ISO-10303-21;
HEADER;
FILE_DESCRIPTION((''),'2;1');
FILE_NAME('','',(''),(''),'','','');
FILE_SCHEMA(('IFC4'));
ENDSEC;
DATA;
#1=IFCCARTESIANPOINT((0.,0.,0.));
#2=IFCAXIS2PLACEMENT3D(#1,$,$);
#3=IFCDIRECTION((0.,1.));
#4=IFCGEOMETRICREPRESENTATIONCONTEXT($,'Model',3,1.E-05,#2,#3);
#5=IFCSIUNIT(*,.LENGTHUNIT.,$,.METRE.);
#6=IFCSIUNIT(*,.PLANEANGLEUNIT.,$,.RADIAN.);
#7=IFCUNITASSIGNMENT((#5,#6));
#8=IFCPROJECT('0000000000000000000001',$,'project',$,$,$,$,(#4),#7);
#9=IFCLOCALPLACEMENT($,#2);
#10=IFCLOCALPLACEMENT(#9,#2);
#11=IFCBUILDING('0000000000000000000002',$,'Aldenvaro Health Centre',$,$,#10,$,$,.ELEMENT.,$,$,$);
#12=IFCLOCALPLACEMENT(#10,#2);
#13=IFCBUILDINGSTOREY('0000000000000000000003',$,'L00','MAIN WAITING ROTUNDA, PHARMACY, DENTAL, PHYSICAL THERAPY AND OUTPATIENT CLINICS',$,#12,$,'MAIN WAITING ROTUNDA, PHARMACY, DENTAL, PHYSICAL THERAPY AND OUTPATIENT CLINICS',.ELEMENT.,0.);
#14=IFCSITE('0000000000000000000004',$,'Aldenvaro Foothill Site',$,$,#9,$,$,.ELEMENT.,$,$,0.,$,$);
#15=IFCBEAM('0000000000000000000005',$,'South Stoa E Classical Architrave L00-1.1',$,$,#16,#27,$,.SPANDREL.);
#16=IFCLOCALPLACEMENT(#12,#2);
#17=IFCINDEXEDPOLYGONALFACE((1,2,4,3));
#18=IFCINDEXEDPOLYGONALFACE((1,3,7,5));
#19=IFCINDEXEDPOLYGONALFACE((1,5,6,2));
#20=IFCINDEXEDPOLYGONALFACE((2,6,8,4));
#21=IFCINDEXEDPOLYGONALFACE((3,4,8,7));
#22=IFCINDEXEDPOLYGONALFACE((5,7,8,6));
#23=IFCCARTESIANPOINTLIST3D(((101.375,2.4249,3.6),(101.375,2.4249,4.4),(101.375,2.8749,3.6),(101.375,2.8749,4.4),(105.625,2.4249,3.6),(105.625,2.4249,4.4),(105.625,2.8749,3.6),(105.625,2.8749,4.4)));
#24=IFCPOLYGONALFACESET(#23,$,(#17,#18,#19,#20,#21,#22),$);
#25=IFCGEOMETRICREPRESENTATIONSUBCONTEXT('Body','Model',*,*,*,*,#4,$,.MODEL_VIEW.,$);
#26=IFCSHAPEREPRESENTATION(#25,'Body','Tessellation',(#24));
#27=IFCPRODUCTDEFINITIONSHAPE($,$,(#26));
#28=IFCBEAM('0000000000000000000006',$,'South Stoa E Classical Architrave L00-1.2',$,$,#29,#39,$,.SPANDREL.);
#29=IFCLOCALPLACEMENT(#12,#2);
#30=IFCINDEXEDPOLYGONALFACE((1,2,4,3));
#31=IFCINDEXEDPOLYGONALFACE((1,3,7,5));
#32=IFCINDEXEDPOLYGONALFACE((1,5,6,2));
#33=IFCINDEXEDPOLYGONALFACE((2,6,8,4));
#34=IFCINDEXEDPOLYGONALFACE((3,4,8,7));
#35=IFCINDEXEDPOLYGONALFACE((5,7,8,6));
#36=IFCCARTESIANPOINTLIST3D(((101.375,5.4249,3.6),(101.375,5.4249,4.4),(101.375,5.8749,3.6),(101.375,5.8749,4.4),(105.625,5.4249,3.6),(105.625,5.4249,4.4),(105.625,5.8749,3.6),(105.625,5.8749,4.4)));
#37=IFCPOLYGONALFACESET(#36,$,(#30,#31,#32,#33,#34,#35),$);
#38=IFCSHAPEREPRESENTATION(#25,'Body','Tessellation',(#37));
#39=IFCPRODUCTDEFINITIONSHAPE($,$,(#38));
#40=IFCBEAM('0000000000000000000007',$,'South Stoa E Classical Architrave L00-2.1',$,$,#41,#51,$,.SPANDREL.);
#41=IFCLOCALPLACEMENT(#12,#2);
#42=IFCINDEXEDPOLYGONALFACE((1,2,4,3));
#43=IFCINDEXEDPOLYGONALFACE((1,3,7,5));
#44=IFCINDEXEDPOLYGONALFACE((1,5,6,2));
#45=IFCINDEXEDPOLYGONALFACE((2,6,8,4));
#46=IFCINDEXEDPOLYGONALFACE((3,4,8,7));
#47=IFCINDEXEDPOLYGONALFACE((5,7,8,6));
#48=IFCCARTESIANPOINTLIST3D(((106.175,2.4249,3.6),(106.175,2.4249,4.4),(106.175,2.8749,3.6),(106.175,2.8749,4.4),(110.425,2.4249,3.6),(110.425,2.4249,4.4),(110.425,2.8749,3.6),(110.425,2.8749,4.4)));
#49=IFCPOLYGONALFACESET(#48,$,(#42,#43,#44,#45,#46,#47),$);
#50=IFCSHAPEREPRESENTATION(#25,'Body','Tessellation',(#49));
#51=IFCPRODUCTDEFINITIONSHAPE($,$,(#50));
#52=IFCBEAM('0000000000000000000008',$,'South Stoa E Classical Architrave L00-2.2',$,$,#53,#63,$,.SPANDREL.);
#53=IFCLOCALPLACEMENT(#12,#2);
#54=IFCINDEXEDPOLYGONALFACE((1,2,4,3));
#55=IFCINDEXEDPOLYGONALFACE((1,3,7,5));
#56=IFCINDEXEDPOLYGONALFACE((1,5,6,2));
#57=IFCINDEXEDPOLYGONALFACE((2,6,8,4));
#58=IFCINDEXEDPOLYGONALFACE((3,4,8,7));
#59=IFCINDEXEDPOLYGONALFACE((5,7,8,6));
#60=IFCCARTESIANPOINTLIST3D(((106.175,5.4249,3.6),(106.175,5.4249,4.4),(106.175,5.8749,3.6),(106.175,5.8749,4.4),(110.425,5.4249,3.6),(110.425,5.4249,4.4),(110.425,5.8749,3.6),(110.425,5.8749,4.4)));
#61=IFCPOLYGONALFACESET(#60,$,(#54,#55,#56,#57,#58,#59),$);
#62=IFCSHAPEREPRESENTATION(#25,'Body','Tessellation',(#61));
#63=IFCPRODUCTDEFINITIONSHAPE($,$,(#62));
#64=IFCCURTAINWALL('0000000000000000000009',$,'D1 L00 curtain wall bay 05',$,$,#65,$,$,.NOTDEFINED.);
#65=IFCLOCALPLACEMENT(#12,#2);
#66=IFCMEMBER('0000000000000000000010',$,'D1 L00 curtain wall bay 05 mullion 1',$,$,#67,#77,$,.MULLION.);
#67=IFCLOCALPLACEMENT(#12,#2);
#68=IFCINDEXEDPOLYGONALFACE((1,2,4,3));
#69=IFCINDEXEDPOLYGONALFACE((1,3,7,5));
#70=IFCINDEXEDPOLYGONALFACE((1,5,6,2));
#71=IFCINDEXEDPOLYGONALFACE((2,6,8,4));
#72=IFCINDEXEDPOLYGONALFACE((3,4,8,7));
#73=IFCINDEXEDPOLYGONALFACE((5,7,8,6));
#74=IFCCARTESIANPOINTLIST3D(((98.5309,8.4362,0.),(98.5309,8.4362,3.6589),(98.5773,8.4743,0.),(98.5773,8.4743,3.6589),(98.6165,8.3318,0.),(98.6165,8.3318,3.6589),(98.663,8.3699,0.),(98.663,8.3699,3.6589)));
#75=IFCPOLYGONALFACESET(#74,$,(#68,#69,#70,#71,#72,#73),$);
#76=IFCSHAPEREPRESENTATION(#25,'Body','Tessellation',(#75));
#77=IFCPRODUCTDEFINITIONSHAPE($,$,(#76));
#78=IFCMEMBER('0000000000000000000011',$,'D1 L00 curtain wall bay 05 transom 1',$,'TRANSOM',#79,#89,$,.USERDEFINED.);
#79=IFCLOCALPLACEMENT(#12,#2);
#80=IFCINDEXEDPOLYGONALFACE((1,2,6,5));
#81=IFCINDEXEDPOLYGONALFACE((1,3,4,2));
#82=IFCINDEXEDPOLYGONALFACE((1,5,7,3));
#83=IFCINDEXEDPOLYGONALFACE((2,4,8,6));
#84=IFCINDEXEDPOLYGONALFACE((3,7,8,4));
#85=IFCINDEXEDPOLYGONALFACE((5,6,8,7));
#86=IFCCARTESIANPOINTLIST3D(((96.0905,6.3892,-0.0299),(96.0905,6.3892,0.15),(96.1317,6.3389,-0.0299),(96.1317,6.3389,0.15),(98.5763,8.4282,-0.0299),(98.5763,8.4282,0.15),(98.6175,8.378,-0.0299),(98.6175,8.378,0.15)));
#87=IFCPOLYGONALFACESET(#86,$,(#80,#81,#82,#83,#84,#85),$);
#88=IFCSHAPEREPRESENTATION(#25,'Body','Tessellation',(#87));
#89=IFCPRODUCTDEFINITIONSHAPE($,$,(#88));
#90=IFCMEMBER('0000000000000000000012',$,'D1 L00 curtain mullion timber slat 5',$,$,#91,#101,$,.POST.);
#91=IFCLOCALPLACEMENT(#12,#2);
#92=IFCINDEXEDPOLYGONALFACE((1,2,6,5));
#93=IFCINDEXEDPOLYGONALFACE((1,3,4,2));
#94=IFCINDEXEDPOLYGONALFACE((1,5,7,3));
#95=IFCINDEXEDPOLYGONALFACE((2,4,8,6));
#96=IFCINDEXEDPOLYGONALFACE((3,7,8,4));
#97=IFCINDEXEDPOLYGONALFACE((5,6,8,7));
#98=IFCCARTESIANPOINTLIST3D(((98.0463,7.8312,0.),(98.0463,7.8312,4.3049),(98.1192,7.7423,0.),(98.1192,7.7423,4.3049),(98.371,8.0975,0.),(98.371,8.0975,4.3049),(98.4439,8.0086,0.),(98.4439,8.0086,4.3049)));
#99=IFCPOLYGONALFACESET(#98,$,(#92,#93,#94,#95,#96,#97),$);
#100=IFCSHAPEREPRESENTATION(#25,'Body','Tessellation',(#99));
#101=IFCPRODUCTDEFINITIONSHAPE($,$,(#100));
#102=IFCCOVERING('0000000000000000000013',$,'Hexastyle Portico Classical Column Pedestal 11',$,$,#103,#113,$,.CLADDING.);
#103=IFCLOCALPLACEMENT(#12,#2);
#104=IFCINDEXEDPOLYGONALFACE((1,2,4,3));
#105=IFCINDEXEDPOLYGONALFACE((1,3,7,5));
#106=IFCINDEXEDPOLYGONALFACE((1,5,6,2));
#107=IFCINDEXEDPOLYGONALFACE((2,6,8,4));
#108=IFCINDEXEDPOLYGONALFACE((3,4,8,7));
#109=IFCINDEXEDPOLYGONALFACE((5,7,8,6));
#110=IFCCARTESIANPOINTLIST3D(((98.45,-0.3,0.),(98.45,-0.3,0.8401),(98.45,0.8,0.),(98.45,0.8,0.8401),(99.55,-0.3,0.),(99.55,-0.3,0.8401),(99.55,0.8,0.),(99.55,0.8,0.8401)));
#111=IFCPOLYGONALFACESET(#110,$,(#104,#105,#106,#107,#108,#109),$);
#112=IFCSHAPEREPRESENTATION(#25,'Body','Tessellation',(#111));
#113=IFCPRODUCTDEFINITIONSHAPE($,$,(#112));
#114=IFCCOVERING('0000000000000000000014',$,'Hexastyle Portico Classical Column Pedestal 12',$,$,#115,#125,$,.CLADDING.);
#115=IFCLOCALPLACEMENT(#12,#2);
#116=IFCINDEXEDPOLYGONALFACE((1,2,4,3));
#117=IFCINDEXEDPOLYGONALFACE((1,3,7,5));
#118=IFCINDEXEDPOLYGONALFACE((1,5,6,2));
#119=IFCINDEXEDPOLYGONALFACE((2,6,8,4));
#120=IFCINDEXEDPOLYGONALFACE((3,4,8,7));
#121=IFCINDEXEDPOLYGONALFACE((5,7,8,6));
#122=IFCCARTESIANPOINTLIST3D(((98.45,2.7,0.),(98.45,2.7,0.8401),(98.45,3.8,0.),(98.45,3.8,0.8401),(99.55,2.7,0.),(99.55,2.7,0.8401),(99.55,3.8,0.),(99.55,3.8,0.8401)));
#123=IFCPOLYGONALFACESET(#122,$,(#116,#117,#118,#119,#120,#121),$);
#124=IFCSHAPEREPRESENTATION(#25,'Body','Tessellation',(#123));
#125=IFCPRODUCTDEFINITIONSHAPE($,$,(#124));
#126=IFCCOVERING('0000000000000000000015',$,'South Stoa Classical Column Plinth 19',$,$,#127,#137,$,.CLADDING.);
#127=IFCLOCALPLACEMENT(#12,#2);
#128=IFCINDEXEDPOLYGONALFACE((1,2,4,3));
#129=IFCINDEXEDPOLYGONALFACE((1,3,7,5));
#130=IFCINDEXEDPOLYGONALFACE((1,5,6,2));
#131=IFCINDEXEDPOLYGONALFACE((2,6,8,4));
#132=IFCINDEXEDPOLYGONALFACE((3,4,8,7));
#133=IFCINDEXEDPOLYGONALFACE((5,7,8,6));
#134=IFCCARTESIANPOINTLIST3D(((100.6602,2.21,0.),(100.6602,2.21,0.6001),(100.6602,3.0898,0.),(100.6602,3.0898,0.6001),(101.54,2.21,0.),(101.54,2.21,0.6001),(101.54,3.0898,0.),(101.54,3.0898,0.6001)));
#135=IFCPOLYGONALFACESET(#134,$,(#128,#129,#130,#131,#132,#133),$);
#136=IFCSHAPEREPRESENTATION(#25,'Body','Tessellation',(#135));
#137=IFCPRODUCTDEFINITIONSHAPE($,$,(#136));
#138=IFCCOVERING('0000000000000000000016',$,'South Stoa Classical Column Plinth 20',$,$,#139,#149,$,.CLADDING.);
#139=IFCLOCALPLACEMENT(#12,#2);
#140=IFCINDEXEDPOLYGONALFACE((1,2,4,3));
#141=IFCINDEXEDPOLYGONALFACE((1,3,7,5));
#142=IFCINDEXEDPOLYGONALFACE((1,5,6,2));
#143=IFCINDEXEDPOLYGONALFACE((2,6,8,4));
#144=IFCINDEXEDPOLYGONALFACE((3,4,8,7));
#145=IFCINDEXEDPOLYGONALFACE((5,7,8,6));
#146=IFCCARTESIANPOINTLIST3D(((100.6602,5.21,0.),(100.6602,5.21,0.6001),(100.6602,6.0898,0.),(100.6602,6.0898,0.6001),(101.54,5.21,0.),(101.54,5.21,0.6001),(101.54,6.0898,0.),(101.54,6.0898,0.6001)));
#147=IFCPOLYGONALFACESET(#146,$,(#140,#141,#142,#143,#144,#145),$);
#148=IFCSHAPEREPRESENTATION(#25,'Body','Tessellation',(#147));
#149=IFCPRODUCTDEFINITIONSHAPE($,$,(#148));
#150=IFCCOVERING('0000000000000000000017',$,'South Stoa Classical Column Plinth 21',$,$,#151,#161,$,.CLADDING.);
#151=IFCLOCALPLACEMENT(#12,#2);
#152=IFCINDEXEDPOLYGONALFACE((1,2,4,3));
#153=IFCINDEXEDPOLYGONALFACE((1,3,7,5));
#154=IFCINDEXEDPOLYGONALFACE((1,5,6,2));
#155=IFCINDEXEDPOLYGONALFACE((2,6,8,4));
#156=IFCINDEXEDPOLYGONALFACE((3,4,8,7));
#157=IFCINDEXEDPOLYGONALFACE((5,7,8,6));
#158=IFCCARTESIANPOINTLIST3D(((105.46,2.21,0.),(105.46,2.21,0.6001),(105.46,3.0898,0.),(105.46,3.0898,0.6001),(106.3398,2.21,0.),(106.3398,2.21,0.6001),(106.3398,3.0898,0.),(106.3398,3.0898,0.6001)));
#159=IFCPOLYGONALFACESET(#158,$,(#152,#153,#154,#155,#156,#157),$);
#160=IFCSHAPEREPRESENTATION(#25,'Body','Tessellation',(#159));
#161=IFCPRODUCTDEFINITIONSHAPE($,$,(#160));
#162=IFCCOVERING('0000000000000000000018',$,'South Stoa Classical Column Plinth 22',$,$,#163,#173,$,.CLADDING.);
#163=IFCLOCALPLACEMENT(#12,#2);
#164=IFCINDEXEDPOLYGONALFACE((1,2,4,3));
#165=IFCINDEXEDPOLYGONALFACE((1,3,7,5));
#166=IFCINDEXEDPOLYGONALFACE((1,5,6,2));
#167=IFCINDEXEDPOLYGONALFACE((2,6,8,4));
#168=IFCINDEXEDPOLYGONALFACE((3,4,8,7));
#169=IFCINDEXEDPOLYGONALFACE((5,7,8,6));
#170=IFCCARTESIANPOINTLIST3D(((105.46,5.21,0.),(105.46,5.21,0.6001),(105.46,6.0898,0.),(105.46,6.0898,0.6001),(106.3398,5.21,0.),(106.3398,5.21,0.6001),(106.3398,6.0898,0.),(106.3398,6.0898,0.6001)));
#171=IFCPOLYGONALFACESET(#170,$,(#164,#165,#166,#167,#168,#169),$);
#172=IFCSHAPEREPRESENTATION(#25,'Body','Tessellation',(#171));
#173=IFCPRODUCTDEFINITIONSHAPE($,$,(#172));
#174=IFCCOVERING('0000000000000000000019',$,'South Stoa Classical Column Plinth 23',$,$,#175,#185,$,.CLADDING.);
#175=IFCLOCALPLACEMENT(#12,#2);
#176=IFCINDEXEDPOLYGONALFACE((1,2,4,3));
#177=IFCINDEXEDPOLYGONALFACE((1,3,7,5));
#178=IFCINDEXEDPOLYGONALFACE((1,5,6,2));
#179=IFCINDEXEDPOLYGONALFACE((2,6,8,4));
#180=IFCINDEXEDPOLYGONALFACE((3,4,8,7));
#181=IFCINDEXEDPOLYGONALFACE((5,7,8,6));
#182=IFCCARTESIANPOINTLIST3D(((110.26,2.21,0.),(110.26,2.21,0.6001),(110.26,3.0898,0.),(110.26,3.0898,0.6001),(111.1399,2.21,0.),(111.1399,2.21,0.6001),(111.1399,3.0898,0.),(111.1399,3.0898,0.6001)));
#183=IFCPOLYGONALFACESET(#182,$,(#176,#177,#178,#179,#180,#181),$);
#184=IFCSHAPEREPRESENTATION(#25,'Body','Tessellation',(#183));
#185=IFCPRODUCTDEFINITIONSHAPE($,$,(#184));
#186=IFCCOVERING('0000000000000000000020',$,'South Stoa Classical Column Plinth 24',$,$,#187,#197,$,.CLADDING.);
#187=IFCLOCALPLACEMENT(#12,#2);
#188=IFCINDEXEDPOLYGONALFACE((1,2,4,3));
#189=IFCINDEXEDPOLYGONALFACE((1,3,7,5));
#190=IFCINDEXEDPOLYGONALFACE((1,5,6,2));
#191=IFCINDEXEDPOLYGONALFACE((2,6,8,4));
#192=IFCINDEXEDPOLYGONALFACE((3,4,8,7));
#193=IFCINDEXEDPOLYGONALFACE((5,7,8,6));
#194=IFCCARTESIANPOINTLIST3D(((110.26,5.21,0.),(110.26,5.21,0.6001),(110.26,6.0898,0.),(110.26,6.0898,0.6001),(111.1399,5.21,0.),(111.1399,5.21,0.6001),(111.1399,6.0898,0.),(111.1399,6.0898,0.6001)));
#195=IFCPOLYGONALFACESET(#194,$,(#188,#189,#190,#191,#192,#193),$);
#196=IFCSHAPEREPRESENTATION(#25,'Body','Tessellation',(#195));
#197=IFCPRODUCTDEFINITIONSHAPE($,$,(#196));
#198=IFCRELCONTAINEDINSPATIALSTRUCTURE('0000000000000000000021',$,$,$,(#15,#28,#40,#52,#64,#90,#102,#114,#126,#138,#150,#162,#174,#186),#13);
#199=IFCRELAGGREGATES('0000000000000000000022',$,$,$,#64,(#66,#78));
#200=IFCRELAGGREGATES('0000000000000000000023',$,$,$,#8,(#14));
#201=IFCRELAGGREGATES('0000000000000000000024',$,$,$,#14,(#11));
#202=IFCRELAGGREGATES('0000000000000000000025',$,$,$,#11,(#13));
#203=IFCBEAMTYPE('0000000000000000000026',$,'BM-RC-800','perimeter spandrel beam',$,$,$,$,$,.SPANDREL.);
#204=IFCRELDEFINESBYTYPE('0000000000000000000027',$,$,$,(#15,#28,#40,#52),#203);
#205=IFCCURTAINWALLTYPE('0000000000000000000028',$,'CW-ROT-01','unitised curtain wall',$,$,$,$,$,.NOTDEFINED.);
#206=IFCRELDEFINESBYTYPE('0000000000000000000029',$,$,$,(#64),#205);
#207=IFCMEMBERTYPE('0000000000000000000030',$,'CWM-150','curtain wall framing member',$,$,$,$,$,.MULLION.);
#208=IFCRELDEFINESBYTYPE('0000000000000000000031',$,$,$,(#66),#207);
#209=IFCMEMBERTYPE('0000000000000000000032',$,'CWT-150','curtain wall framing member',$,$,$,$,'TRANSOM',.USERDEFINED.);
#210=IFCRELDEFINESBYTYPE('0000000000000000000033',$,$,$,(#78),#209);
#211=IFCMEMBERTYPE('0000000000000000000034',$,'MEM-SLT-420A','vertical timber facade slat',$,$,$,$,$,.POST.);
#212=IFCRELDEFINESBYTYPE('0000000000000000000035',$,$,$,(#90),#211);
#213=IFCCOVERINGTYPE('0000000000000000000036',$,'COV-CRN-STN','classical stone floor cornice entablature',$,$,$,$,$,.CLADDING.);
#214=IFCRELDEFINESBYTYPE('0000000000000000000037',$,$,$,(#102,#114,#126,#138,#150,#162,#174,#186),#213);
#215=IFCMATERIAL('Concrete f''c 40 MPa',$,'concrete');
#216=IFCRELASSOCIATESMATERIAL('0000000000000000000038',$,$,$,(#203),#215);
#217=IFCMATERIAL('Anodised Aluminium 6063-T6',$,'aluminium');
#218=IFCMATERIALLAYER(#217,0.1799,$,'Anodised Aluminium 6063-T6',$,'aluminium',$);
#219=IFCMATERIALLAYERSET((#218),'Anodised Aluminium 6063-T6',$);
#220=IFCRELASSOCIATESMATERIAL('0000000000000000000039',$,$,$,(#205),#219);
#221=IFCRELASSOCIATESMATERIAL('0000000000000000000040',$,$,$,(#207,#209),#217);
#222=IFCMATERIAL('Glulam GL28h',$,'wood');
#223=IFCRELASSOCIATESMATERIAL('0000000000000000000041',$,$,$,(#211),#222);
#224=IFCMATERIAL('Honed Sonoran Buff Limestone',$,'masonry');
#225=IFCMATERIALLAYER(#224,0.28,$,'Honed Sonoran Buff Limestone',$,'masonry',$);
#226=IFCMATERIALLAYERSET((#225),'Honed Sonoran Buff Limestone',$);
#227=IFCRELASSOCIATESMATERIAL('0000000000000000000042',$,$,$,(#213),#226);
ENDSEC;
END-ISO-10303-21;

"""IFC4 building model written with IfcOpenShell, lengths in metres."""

from ifc_helpers import new_model, si_unit, direction, frame, origin, origin_2d, place, context, subcontext, project, spatial, rectangle, extrude, material, layer, layer_set, material_profile, profile_set, type_object, element, aggregate, save


model = new_model("IFC4")

# Units and contexts
model_context = context("Model", 3, precision=1e-05, world=origin(), true_north=direction((0.0, 1.0)))
body_context = subcontext(model_context, "Body", "Model", "MODEL_VIEW")
ifc_project = project(units=[si_unit("LENGTHUNIT", "METRE"), si_unit("PLANEANGLEUNIT", "RADIAN")], contexts=[model_context])

# Site, building, storey
site_placement = place(None, origin())
site = spatial("IfcSite", under=ifc_project, at=site_placement, Name="Aldenvaro Foothill Site", CompositionType="ELEMENT", RefElevation=0.0)
building_placement = place(site_placement, origin())
building = spatial("IfcBuilding", under=site, at=building_placement, Name="Aldenvaro Health Centre", CompositionType="ELEMENT")
storey_placement = place(building_placement, origin())
storey = spatial("IfcBuildingStorey", under=building, at=storey_placement, Name="L00", Description="MAIN WAITING ROTUNDA, PHARMACY, DENTAL, PHYSICAL THERAPY AND OUTPATIENT CLINICS", LongName="MAIN WAITING ROTUNDA, PHARMACY, DENTAL, PHYSICAL THERAPY AND OUTPATIENT CLINICS", CompositionType="ELEMENT", Elevation=0.0)

# Shared definitions
ifc_material_1 = material(Name="Concrete f'c 40 MPa", Category="concrete")

# Beams
ifc_material_profile_1 = material_profile(ifc_material_1, rectangle(XDim=0.45, YDim=0.8, at=origin_2d()), Name="RC 450x800", Category="concrete")
ifc_profile_set_1 = profile_set([ifc_material_profile_1], Name="Concrete f'c 40 MPa")
beam_type_1 = type_object("IfcBeamType", Name="BM-RC-800", Description="perimeter spandrel beam", PredefinedType="SPANDREL", material=ifc_profile_set_1)
for number, where, z_axis, x_axis, name in (
    (1, (101.375, 2.6499, 4.0), (1.0, 0.0, 0.0), (0.0, 1.0, 0.0), "South Stoa E Classical Architrave L00-1.1"),
    (2, (101.375, 5.6499, 4.0), (1.0, 0.0, 0.0), (0.0, 1.0, 0.0), "South Stoa E Classical Architrave L00-1.2"),
    (3, (106.175, 2.6499, 4.0), (1.0, 0.0, 0.0), (0.0, 1.0, 0.0), "South Stoa E Classical Architrave L00-2.1"),
    (4, (106.175, 5.6499, 4.0), (1.0, 0.0, 0.0), (0.0, 1.0, 0.0), "South Stoa E Classical Architrave L00-2.2"),
):
    element("IfcBeam", number, at=place(storey_placement, frame(where, z_axis=z_axis, x_axis=x_axis)), inside=storey, type_object=beam_type_1, Name=name, PredefinedType="SPANDREL", context=body_context, shape_type="SweptSolid", body=[
        extrude(rectangle(XDim=0.45, YDim=0.8, at=origin_2d()), origin(), (0.0, 0.0, 1.0), 4.25),
    ])

# Curtain wall, members
ifc_material_2 = material(Name="Anodised Aluminium 6063-T6", Category="aluminium")
ifc_layer_1 = layer(ifc_material_2, 0.1799, Name="Anodised Aluminium 6063-T6", Category="aluminium")
ifc_layer_set_1 = layer_set([ifc_layer_1], Name="Anodised Aluminium 6063-T6")
curtain_wall_type = type_object("IfcCurtainWallType", Name="CW-ROT-01", Description="unitised curtain wall", PredefinedType="NOTDEFINED", material=ifc_layer_set_1)
curtain_wall_placement = place(storey_placement, origin())
curtain_wall = element("IfcCurtainWall", 5, at=curtain_wall_placement, inside=storey, type_object=curtain_wall_type, Name="D1 L00 curtain wall bay 05", PredefinedType="NOTDEFINED")
ifc_material_profile_2 = material_profile(ifc_material_2, rectangle(XDim=0.0601, YDim=0.135, at=origin_2d()), Name="ALU 60x135", Category="aluminium")
ifc_profile_set_2 = profile_set([ifc_material_profile_2], Name="Anodised Aluminium 6063-T6")
member_type_1 = type_object("IfcMemberType", Name="CWM-150", Description="curtain wall framing member", PredefinedType="MULLION", material=ifc_profile_set_2)
member_1_placement = place(storey_placement, frame((98.5969, 8.4031, 0.0), z_axis=(0.0, 0.0, 1.0), x_axis=(-0.773195, -0.634169, 0.0)))
member_1 = element("IfcMember", 6, at=member_1_placement, type_object=member_type_1, Name="D1 L00 curtain wall bay 05 mullion 1", PredefinedType="MULLION", context=body_context, shape_type="SweptSolid", body=[
    extrude(rectangle(XDim=0.0601, YDim=0.135, at=origin_2d()), origin(), (0.0, 0.0, 1.0), 3.6589),
])
ifc_material_profile_3 = material_profile(ifc_material_2, rectangle(XDim=0.0649, YDim=0.1799, at=origin_2d()), Name="ALU 65x180", Category="aluminium")
ifc_profile_set_3 = profile_set([ifc_material_profile_3], Name="Anodised Aluminium 6063-T6")
member_type_2 = type_object("IfcMemberType", Name="CWT-150", Description="curtain wall framing member", ElementType="TRANSOM", PredefinedType="USERDEFINED", material=ifc_profile_set_3)
member_2_placement = place(storey_placement, frame((98.5969, 8.4031, 0.0601), z_axis=(-0.773165, -0.634205, 0.0), x_axis=(0.634205, -0.773165, 0.0)))
member_2 = element("IfcMember", 7, at=member_2_placement, type_object=member_type_2, Name="D1 L00 curtain wall bay 05 transom 1", ObjectType="TRANSOM", PredefinedType="USERDEFINED", context=body_context, shape_type="SweptSolid", body=[
    extrude(rectangle(XDim=0.0649, YDim=0.1799, at=origin_2d()), origin(), (0.0, 0.0, 1.0), 3.2151),
])
aggregate(curtain_wall, [member_1, member_2])

# Member
ifc_material_3 = material(Name="Glulam GL28h", Category="wood")
ifc_material_profile_4 = material_profile(ifc_material_3, rectangle(XDim=0.115, YDim=0.4199, at=origin_2d()), Name="GL 115x420", Category="wood")
ifc_profile_set_4 = profile_set([ifc_material_profile_4], Name="Glulam GL28h")
member_type_3 = type_object("IfcMemberType", Name="MEM-SLT-420A", Description="vertical timber facade slat", PredefinedType="POST", material=ifc_profile_set_4)
member_3_placement = place(storey_placement, frame((98.2451, 7.9199, 0.0), z_axis=(0.0, 0.0, 1.0), x_axis=(0.634169, -0.773195, 0.0)))
element("IfcMember", 8, at=member_3_placement, inside=storey, type_object=member_type_3, Name="D1 L00 curtain mullion timber slat 5", PredefinedType="POST", context=body_context, shape_type="SweptSolid", body=[
    extrude(rectangle(XDim=0.115, YDim=0.4199, at=origin_2d()), origin(), (0.0, 0.0, 1.0), 4.3049),
])

# Coverings
ifc_material_4 = material(Name="Honed Sonoran Buff Limestone", Category="masonry")
ifc_layer_2 = layer(ifc_material_4, 0.28, Name="Honed Sonoran Buff Limestone", Category="masonry")
ifc_layer_set_2 = layer_set([ifc_layer_2], Name="Honed Sonoran Buff Limestone")
covering_type = type_object("IfcCoveringType", Name="COV-CRN-STN", Description="classical stone floor cornice entablature", PredefinedType="CLADDING", material=ifc_layer_set_2)
for number, where, z_axis, x_axis, name in (
    (9, (99.0, 0.25, 0.0), (0.0, 0.0, 1.0), (1.0, 0.0, 0.0), "Hexastyle Portico Classical Column Pedestal 11"),
    (10, (99.0, 3.25, 0.0), (0.0, 0.0, 1.0), (1.0, 0.0, 0.0), "Hexastyle Portico Classical Column Pedestal 12"),
):
    element("IfcCovering", number, at=place(storey_placement, frame(where, z_axis=z_axis, x_axis=x_axis)), inside=storey, type_object=covering_type, Name=name, PredefinedType="CLADDING", context=body_context, shape_type="SweptSolid", body=[
        extrude(rectangle(XDim=1.1001, YDim=1.1001, at=origin_2d()), origin(), (0.0, 0.0, 1.0), 0.8401),
    ])
for number, where, z_axis, x_axis, name in (
    (11, (101.1001, 2.6499, 0.0), (0.0, 0.0, 1.0), (1.0, 0.0, 0.0), "South Stoa Classical Column Plinth 19"),
    (12, (101.1001, 5.6499, 0.0), (0.0, 0.0, 1.0), (1.0, 0.0, 0.0), "South Stoa Classical Column Plinth 20"),
    (13, (105.8999, 2.6499, 0.0), (0.0, 0.0, 1.0), (1.0, 0.0, 0.0), "South Stoa Classical Column Plinth 21"),
    (14, (105.8999, 5.6499, 0.0), (0.0, 0.0, 1.0), (1.0, 0.0, 0.0), "South Stoa Classical Column Plinth 22"),
    (15, (110.7, 2.6499, 0.0), (0.0, 0.0, 1.0), (1.0, 0.0, 0.0), "South Stoa Classical Column Plinth 23"),
    (16, (110.7, 5.6499, 0.0), (0.0, 0.0, 1.0), (1.0, 0.0, 0.0), "South Stoa Classical Column Plinth 24"),
):
    element("IfcCovering", number, at=place(storey_placement, frame(where, z_axis=z_axis, x_axis=x_axis)), inside=storey, type_object=covering_type, Name=name, PredefinedType="CLADDING", context=body_context, shape_type="SweptSolid", body=[
        extrude(rectangle(XDim=0.8799, YDim=0.8799, at=origin_2d()), origin(), (0.0, 0.0, 1.0), 0.6001),
    ])

save(model, "model.ifc")
